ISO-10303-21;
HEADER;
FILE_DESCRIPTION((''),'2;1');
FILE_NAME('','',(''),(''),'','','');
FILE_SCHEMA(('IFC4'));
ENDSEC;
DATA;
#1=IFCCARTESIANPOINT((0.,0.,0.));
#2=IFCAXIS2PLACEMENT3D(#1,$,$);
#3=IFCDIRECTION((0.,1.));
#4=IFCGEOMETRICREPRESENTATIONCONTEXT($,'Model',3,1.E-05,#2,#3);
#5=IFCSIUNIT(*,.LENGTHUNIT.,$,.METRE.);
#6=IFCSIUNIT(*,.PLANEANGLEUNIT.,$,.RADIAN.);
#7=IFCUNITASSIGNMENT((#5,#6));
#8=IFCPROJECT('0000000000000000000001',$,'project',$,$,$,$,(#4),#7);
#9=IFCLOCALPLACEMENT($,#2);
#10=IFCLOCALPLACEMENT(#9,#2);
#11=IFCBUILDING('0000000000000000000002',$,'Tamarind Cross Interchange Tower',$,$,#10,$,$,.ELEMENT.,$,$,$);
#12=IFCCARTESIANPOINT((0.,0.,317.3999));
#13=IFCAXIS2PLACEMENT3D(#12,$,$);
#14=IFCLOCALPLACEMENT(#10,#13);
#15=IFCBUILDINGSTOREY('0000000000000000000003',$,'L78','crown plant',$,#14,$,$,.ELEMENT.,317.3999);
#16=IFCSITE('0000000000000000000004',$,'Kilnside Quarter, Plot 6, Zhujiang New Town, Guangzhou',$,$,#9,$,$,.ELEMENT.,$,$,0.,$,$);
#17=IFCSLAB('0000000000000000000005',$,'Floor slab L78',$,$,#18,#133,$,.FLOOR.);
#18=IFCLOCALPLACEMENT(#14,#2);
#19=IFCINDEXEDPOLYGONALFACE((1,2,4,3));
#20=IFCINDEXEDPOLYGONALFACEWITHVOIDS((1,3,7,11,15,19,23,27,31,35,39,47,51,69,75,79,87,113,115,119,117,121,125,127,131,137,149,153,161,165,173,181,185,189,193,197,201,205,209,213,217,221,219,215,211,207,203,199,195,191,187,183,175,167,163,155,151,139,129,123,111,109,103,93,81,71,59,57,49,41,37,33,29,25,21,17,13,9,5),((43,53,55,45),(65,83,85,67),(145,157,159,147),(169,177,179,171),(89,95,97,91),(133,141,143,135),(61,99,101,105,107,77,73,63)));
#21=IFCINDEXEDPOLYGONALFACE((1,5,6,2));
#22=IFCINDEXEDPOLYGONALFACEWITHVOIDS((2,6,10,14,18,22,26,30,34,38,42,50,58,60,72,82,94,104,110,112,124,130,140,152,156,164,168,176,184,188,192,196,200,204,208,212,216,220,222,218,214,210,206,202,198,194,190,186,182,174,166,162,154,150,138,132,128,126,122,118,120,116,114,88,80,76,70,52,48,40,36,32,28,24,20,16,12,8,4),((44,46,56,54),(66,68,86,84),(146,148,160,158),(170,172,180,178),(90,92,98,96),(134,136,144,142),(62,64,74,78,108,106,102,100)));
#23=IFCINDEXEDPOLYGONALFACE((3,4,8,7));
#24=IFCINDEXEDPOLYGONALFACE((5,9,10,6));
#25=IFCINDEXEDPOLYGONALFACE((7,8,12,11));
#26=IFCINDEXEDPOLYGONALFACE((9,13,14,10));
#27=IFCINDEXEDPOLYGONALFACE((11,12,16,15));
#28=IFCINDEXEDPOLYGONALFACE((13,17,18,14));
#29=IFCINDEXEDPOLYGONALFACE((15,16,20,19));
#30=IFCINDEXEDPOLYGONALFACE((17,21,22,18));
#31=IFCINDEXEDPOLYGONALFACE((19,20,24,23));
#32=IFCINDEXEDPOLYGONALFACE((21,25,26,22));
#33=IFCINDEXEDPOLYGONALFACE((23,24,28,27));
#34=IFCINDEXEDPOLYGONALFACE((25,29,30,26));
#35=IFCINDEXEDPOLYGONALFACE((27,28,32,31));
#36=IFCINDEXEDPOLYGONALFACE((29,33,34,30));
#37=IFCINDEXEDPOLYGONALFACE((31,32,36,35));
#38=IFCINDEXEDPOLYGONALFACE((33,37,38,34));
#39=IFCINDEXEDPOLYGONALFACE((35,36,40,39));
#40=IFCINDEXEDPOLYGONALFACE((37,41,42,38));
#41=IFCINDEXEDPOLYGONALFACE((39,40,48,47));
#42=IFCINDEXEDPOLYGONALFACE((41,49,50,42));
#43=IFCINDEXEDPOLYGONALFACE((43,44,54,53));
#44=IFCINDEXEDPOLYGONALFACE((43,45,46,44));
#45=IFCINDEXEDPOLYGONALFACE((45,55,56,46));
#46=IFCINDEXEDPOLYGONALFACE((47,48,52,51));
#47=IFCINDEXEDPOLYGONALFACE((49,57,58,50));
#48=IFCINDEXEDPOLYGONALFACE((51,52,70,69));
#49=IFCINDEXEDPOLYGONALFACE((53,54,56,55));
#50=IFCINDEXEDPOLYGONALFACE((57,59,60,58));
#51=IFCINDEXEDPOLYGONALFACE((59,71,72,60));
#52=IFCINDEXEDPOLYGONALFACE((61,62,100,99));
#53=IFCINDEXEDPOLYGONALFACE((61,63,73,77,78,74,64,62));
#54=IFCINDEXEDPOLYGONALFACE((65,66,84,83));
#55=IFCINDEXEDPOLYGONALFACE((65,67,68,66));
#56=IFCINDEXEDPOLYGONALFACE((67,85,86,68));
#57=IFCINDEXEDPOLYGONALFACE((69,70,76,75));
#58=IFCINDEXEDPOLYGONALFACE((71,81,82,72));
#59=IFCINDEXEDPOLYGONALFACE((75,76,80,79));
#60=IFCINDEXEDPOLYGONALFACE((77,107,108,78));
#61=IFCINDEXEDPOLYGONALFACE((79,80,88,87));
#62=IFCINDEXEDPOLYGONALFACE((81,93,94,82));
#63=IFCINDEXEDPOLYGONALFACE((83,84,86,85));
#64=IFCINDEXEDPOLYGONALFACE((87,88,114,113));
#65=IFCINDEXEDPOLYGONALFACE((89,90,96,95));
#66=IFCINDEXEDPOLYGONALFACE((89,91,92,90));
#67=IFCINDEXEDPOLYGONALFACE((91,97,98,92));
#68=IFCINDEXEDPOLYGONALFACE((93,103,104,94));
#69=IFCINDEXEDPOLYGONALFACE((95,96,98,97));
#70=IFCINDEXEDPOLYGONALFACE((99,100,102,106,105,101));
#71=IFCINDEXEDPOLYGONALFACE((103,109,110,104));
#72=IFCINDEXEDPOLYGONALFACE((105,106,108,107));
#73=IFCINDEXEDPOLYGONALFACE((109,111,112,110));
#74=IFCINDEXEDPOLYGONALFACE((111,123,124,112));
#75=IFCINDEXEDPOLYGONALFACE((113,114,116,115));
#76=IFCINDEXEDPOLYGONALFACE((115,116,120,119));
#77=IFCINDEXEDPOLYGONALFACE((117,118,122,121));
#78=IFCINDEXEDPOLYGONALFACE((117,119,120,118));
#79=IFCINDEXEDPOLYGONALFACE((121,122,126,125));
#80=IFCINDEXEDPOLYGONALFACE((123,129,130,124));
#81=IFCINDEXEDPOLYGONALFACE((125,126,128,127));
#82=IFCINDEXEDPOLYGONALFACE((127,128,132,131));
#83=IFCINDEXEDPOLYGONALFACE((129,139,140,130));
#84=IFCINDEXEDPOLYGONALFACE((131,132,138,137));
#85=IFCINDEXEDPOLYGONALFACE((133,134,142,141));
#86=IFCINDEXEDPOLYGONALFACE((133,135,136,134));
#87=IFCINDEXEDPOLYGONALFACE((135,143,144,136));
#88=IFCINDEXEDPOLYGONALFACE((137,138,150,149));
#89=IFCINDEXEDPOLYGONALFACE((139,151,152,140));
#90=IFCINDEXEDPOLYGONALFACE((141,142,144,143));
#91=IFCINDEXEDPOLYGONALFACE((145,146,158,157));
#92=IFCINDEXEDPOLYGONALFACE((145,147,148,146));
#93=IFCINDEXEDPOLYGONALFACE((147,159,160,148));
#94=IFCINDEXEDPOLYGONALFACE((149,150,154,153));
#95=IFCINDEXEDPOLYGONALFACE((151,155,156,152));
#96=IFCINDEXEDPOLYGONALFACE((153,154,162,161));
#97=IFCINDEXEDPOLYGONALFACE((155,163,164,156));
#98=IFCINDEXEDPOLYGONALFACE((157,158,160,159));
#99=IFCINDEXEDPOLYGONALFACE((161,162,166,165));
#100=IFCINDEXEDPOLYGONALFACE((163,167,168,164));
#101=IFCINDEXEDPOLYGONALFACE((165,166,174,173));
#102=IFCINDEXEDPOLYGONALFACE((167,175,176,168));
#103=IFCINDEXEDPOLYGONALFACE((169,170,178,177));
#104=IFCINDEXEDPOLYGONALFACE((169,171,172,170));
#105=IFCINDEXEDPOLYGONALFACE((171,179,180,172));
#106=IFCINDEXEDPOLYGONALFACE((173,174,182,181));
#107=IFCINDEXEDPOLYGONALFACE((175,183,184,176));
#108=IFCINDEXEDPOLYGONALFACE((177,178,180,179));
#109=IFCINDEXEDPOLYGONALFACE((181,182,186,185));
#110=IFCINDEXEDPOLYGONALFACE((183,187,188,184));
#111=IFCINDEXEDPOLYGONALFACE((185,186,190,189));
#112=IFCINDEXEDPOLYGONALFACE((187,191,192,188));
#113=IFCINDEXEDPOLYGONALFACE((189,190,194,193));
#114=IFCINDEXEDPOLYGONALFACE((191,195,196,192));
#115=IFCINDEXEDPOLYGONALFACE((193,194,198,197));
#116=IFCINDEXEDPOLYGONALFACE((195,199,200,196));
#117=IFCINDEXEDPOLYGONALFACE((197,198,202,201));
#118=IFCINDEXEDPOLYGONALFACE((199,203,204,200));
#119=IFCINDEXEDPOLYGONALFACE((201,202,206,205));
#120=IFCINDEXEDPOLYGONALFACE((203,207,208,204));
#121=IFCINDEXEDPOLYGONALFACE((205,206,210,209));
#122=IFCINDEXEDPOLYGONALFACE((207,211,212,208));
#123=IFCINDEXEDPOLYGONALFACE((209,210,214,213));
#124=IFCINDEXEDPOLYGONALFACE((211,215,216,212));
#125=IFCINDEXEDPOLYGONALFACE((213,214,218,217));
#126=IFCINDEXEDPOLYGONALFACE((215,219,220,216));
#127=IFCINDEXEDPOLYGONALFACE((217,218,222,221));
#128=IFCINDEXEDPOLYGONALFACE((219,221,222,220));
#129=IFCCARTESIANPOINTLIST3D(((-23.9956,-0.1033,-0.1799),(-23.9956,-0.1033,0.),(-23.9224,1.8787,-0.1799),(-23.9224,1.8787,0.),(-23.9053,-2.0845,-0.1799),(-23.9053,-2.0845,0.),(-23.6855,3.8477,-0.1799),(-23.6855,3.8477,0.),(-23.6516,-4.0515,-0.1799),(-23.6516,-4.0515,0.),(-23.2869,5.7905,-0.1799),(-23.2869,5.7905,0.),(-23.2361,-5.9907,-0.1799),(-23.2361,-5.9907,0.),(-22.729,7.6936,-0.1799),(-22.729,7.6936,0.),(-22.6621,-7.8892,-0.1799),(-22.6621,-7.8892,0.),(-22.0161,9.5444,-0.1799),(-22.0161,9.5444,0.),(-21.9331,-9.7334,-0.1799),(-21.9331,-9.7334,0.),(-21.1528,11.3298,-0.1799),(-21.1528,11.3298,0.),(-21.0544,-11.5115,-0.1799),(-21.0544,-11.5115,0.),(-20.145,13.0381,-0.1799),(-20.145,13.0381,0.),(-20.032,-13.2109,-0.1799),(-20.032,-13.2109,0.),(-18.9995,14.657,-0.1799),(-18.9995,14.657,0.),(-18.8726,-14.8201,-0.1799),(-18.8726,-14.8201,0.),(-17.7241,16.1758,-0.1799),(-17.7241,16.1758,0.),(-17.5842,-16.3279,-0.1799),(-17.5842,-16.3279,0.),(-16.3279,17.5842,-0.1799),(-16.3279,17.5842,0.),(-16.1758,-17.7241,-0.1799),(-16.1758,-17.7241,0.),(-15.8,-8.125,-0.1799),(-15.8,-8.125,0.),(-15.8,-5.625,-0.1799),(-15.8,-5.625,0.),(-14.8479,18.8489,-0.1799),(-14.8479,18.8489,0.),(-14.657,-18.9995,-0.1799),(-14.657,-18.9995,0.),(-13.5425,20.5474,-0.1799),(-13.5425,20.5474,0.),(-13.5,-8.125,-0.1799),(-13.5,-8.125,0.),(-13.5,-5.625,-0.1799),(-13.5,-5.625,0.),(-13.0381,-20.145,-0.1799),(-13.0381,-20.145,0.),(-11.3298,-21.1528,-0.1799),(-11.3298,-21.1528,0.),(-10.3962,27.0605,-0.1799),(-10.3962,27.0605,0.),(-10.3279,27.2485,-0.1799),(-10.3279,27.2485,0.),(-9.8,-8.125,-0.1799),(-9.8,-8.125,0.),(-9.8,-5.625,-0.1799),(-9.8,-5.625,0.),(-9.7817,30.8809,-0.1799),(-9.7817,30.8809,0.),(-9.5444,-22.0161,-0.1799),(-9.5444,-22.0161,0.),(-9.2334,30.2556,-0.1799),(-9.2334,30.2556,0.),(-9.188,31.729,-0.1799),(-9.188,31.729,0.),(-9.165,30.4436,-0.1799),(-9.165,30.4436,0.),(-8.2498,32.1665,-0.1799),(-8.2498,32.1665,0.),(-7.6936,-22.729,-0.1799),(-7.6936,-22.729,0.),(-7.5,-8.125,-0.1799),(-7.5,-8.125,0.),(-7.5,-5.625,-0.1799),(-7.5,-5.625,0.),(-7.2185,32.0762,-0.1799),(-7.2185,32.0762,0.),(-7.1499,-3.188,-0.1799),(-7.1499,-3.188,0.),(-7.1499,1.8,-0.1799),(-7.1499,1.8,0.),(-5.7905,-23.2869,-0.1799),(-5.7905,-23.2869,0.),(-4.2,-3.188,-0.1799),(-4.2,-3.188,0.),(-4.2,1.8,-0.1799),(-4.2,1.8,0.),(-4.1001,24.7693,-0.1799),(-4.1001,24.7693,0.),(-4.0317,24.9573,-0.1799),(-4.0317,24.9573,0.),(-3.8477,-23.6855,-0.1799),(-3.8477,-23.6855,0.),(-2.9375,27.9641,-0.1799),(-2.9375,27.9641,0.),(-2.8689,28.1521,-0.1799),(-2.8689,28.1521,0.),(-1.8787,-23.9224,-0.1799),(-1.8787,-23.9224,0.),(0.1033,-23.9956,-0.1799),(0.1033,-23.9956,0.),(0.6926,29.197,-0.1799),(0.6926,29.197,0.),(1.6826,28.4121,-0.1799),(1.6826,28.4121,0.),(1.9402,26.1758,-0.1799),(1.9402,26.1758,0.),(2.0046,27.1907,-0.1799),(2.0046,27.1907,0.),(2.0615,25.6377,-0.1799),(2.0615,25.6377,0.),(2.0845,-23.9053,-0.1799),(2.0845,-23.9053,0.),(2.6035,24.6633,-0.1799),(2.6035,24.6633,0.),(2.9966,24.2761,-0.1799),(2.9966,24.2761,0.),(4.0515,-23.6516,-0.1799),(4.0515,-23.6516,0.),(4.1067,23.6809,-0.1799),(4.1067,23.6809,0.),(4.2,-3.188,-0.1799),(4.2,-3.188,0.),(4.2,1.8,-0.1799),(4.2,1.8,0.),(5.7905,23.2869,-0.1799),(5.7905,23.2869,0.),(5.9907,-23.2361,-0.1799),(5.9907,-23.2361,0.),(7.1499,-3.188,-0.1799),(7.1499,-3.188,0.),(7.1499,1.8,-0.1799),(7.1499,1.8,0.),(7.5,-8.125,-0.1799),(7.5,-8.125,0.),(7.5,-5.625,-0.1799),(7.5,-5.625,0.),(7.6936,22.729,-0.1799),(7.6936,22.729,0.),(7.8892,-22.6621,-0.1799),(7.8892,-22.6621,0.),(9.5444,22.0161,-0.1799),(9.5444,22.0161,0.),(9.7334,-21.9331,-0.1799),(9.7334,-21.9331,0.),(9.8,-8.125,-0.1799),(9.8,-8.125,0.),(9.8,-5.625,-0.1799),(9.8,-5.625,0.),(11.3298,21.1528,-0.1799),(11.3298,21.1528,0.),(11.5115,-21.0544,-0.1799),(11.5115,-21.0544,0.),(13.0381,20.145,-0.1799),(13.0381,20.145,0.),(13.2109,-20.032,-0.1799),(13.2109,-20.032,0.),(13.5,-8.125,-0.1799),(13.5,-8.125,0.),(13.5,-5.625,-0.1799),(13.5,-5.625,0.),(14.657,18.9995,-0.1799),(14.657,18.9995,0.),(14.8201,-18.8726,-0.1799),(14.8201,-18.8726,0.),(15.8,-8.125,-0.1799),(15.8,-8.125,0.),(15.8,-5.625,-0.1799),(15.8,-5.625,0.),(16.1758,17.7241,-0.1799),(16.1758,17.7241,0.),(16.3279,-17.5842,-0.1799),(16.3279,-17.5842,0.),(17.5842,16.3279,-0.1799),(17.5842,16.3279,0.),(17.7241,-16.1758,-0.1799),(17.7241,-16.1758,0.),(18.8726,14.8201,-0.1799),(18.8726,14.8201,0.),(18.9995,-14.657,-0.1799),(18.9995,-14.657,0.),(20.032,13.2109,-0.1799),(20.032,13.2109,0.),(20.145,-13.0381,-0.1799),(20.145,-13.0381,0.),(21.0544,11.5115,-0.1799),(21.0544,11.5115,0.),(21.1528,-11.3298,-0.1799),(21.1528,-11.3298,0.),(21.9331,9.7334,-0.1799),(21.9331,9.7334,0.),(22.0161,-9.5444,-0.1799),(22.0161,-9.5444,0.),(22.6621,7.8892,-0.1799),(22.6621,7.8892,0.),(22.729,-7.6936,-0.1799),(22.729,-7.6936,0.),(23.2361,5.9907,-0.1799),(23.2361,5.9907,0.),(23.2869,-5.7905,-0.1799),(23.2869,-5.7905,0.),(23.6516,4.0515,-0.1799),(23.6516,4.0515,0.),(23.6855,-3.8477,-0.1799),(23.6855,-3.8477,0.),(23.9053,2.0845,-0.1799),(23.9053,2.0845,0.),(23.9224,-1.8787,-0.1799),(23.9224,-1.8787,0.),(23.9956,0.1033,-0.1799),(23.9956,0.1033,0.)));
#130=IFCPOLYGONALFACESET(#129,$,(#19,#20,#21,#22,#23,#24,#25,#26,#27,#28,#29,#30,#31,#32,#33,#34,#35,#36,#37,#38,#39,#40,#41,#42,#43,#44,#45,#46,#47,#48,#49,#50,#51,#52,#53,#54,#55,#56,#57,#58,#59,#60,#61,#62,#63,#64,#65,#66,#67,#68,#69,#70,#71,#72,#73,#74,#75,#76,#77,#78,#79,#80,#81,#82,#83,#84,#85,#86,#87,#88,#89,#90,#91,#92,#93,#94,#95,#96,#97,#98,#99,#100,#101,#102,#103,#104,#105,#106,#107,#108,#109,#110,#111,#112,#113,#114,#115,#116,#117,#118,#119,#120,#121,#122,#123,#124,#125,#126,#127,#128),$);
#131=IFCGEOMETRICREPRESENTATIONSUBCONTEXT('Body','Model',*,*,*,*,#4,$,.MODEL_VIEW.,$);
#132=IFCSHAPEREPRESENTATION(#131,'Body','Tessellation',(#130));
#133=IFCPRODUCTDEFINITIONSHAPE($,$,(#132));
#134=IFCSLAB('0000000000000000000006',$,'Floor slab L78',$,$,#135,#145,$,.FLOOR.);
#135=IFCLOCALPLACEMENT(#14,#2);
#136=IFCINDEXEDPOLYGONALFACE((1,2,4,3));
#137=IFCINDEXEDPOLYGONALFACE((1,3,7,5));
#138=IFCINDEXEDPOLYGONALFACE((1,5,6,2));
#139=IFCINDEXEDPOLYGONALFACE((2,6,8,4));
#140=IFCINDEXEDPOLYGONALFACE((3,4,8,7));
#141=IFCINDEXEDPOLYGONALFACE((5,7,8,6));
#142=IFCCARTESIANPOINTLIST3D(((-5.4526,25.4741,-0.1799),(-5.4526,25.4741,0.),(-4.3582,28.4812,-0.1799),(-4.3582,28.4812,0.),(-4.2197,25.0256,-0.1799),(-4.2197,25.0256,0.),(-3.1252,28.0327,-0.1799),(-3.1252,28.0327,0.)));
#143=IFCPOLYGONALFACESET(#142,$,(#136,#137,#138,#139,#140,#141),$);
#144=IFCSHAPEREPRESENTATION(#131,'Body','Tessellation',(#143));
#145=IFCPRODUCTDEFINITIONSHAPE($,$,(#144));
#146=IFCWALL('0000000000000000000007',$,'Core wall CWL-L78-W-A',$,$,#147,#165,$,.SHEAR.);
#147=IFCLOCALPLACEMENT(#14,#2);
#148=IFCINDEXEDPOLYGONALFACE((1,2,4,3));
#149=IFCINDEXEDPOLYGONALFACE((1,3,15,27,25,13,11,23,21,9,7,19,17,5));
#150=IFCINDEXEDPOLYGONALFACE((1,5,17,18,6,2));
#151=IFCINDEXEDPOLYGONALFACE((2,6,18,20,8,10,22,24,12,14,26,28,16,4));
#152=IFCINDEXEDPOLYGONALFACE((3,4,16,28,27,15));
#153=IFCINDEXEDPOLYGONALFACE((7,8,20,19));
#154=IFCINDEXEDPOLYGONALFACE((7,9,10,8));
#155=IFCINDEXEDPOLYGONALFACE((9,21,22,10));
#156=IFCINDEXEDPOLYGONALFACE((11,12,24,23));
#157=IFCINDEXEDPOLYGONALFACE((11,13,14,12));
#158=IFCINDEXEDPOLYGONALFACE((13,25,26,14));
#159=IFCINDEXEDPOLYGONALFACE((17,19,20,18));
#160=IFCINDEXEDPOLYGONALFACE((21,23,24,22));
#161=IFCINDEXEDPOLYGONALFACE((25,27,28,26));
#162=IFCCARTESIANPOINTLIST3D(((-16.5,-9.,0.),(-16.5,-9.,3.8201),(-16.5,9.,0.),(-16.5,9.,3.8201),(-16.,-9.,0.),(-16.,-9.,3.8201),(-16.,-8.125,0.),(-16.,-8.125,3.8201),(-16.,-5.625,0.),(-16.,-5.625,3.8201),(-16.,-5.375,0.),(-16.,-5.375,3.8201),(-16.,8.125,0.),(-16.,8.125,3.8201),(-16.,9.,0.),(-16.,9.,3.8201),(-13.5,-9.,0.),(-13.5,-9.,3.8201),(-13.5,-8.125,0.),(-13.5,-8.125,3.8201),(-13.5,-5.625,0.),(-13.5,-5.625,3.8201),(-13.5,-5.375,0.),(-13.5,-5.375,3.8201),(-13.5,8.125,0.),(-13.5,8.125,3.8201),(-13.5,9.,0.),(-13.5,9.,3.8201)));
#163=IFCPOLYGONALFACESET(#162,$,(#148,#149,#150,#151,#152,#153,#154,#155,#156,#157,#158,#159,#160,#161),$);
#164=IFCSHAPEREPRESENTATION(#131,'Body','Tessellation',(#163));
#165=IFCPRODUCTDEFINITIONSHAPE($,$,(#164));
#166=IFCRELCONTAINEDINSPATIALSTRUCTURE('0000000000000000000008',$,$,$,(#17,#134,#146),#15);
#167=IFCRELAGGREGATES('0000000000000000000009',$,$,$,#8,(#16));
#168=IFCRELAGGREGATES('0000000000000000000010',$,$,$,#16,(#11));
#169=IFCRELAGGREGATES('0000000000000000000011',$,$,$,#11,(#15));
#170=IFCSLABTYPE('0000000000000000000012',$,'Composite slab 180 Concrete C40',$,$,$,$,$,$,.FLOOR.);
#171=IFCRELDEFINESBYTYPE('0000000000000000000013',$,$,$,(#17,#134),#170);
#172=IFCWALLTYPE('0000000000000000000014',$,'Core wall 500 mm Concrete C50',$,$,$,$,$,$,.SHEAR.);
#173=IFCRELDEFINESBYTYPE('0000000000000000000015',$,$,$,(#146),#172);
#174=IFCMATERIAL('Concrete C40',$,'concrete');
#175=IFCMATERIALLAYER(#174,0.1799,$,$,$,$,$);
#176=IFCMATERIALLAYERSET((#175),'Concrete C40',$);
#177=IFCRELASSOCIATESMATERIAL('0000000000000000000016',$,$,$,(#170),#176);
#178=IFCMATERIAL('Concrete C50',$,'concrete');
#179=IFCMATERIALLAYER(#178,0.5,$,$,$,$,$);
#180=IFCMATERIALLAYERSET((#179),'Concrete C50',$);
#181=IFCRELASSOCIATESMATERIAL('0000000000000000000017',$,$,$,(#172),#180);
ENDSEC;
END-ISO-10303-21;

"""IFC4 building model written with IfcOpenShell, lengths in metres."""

from ifc_helpers import new_model, si_unit, direction, frame, origin, place, context, subcontext, project, spatial, polyline, outline, extrude, material, layer, layer_set, type_object, element, save


model = new_model("IFC4")

# Units and contexts
model_context = context("Model", 3, precision=1e-05, world=origin(), true_north=direction((0.0, 1.0)))
body_context = subcontext(model_context, "Body", "Model", "MODEL_VIEW")
ifc_project = project(units=[si_unit("LENGTHUNIT", "METRE"), si_unit("PLANEANGLEUNIT", "RADIAN")], contexts=[model_context])

# Site, building, storey
site_placement = place(None, origin())
site = spatial("IfcSite", under=ifc_project, at=site_placement, Name="Kilnside Quarter, Plot 6, Zhujiang New Town, Guangzhou", CompositionType="ELEMENT", RefElevation=0.0)
building_placement = place(site_placement, origin())
building = spatial("IfcBuilding", under=site, at=building_placement, Name="Tamarind Cross Interchange Tower", CompositionType="ELEMENT")
storey_placement = place(building_placement, frame((0.0, 0.0, 317.3999)))
storey = spatial("IfcBuildingStorey", under=building, at=storey_placement, Name="L78", Description="crown plant", CompositionType="ELEMENT", Elevation=317.3999)

# Slabs
ifc_material_1 = material(Name="Concrete C40", Category="concrete")
ifc_layer_1 = layer(ifc_material_1, 0.1799)
ifc_layer_set_1 = layer_set([ifc_layer_1], Name="Concrete C40")
slab_type = type_object("IfcSlabType", Name="Composite slab 180 Concrete C40", PredefinedType="FLOOR", material=ifc_layer_set_1)
slab_1_placement = place(storey_placement, frame((0.0, 0.0, -0.1799)))
element("IfcSlab", 1, at=slab_1_placement, inside=storey, type_object=slab_type, Name="Floor slab L78", PredefinedType="FLOOR", context=body_context, shape_type="SweptSolid", body=[
    extrude(outline(polyline([(-9.188, 31.729), (-9.7817, 30.8809), (-13.5425, 20.5474), (-14.8479, 18.8489), (-16.3279, 17.5842), (-17.7241, 16.1758), (-18.9995, 14.657), (-20.145, 13.0381), (-21.1528, 11.3298), (-22.0161, 9.5444), (-22.729, 7.6936), (-23.2869, 5.7905), (-23.6855, 3.8477), (-23.9224, 1.8787), (-23.9956, -0.1033), (-23.9053, -2.0845), (-23.6516, -4.0515), (-23.2361, -5.9907), (-22.6621, -7.8892), (-21.9331, -9.7334), (-21.0544, -11.5115), (-20.032, -13.2109), (-18.8726, -14.8201), (-17.5842, -16.3279), (-16.1758, -17.7241), (-14.657, -18.9995), (-13.0381, -20.145), (-11.3298, -21.1528), (-9.5444, -22.0161), (-7.6936, -22.729), (-5.7905, -23.2869), (-3.8477, -23.6855), (-1.8787, -23.9224), (0.1033, -23.9956), (2.0845, -23.9053), (4.0515, -23.6516), (5.9907, -23.2361), (7.8892, -22.6621), (9.7334, -21.9331), (11.5115, -21.0544), (13.2109, -20.032), (14.8201, -18.8726), (16.3279, -17.5842), (17.7241, -16.1758), (18.9995, -14.657), (20.145, -13.0381), (21.1528, -11.3298), (22.0161, -9.5444), (22.729, -7.6936), (23.2869, -5.7905), (23.6855, -3.8477), (23.9224, -1.8787), (23.9956, 0.1033), (23.9053, 2.0845), (23.6516, 4.0515), (23.2361, 5.9907), (22.6621, 7.8892), (21.9331, 9.7334), (21.0544, 11.5115), (20.032, 13.2109), (18.8726, 14.8201), (17.5842, 16.3279), (16.1758, 17.7241), (14.657, 18.9995), (13.0381, 20.145), (11.3298, 21.1528), (9.5444, 22.0161), (7.6936, 22.729), (5.7905, 23.2869), (4.1067, 23.6809), (2.9966, 24.2761), (2.6035, 24.6633), (2.0615, 25.6377), (1.9402, 26.1758), (2.0046, 27.1907), (1.6826, 28.4121), (0.6926, 29.197), (-7.2185, 32.0762), (-8.2498, 32.1665), (-9.188, 31.729)]), holes=[polyline([(-15.8, -5.625), (-13.5, -5.625), (-13.5, -8.125), (-15.8, -8.125), (-15.8, -5.625)]), polyline([(-9.8, -5.625), (-7.5, -5.625), (-7.5, -8.125), (-9.8, -8.125), (-9.8, -5.625)]), polyline([(-4.1001, 24.7693), (-10.3962, 27.0605), (-10.3279, 27.2485), (-9.2334, 30.2556), (-9.165, 30.4436), (-2.8689, 28.1521), (-2.9375, 27.9641), (-4.0317, 24.9573), (-4.1001, 24.7693)]), polyline([(7.5, -8.125), (7.5, -5.625), (9.8, -5.625), (9.8, -8.125), (7.5, -8.125)]), polyline([(13.5, -8.125), (13.5, -5.625), (15.8, -5.625), (15.8, -8.125), (13.5, -8.125)]), polyline([(-7.1499, -3.188), (-7.1499, 1.8), (-4.2, 1.8), (-4.2, -3.188), (-7.1499, -3.188)]), polyline([(4.2, 1.8), (7.1499, 1.8), (7.1499, -3.188), (4.2, -3.188), (4.2, 1.8)])]), origin(), (0.0, 0.0, 1.0), 0.1799),
])
slab_2_placement = place(storey_placement, frame((0.0, 0.0, -0.1799)))
element("IfcSlab", 2, at=slab_2_placement, inside=storey, type_object=slab_type, Name="Floor slab L78", PredefinedType="FLOOR", context=body_context, shape_type="SweptSolid", body=[
    extrude(outline(polyline([(-4.3582, 28.4812), (-5.4526, 25.4741), (-4.2197, 25.0256), (-3.1252, 28.0327), (-4.3582, 28.4812)])), origin(), (0.0, 0.0, 1.0), 0.1799),
])

# Wall
ifc_material_2 = material(Name="Concrete C50", Category="concrete")
ifc_layer_2 = layer(ifc_material_2, 0.5)
ifc_layer_set_2 = layer_set([ifc_layer_2], Name="Concrete C50")
wall_type_1 = type_object("IfcWallType", Name="Core wall 500 mm Concrete C50", PredefinedType="SHEAR", material=ifc_layer_set_2)
wall_1_placement = place(storey_placement, origin())
element("IfcWall", 3, at=wall_1_placement, inside=storey, type_object=wall_type_1, Name="Core wall CWL-L78-W-A", PredefinedType="SHEAR", context=body_context, shape_type="SweptSolid", body=[
    extrude(outline(polyline([(-13.5, -8.125), (-16.0, -8.125), (-16.0, -5.625), (-13.5, -5.625), (-13.5, -5.375), (-16.0, -5.375), (-16.0, 8.125), (-13.5, 8.125), (-13.5, 9.0), (-16.0, 9.0), (-16.5, 9.0), (-16.5, -9.0), (-16.0, -9.0), (-13.5, -9.0), (-13.5, -8.125)])), origin(), (0.0, 0.0, 1.0), 3.8201),
])

save(model, "model.ifc")
